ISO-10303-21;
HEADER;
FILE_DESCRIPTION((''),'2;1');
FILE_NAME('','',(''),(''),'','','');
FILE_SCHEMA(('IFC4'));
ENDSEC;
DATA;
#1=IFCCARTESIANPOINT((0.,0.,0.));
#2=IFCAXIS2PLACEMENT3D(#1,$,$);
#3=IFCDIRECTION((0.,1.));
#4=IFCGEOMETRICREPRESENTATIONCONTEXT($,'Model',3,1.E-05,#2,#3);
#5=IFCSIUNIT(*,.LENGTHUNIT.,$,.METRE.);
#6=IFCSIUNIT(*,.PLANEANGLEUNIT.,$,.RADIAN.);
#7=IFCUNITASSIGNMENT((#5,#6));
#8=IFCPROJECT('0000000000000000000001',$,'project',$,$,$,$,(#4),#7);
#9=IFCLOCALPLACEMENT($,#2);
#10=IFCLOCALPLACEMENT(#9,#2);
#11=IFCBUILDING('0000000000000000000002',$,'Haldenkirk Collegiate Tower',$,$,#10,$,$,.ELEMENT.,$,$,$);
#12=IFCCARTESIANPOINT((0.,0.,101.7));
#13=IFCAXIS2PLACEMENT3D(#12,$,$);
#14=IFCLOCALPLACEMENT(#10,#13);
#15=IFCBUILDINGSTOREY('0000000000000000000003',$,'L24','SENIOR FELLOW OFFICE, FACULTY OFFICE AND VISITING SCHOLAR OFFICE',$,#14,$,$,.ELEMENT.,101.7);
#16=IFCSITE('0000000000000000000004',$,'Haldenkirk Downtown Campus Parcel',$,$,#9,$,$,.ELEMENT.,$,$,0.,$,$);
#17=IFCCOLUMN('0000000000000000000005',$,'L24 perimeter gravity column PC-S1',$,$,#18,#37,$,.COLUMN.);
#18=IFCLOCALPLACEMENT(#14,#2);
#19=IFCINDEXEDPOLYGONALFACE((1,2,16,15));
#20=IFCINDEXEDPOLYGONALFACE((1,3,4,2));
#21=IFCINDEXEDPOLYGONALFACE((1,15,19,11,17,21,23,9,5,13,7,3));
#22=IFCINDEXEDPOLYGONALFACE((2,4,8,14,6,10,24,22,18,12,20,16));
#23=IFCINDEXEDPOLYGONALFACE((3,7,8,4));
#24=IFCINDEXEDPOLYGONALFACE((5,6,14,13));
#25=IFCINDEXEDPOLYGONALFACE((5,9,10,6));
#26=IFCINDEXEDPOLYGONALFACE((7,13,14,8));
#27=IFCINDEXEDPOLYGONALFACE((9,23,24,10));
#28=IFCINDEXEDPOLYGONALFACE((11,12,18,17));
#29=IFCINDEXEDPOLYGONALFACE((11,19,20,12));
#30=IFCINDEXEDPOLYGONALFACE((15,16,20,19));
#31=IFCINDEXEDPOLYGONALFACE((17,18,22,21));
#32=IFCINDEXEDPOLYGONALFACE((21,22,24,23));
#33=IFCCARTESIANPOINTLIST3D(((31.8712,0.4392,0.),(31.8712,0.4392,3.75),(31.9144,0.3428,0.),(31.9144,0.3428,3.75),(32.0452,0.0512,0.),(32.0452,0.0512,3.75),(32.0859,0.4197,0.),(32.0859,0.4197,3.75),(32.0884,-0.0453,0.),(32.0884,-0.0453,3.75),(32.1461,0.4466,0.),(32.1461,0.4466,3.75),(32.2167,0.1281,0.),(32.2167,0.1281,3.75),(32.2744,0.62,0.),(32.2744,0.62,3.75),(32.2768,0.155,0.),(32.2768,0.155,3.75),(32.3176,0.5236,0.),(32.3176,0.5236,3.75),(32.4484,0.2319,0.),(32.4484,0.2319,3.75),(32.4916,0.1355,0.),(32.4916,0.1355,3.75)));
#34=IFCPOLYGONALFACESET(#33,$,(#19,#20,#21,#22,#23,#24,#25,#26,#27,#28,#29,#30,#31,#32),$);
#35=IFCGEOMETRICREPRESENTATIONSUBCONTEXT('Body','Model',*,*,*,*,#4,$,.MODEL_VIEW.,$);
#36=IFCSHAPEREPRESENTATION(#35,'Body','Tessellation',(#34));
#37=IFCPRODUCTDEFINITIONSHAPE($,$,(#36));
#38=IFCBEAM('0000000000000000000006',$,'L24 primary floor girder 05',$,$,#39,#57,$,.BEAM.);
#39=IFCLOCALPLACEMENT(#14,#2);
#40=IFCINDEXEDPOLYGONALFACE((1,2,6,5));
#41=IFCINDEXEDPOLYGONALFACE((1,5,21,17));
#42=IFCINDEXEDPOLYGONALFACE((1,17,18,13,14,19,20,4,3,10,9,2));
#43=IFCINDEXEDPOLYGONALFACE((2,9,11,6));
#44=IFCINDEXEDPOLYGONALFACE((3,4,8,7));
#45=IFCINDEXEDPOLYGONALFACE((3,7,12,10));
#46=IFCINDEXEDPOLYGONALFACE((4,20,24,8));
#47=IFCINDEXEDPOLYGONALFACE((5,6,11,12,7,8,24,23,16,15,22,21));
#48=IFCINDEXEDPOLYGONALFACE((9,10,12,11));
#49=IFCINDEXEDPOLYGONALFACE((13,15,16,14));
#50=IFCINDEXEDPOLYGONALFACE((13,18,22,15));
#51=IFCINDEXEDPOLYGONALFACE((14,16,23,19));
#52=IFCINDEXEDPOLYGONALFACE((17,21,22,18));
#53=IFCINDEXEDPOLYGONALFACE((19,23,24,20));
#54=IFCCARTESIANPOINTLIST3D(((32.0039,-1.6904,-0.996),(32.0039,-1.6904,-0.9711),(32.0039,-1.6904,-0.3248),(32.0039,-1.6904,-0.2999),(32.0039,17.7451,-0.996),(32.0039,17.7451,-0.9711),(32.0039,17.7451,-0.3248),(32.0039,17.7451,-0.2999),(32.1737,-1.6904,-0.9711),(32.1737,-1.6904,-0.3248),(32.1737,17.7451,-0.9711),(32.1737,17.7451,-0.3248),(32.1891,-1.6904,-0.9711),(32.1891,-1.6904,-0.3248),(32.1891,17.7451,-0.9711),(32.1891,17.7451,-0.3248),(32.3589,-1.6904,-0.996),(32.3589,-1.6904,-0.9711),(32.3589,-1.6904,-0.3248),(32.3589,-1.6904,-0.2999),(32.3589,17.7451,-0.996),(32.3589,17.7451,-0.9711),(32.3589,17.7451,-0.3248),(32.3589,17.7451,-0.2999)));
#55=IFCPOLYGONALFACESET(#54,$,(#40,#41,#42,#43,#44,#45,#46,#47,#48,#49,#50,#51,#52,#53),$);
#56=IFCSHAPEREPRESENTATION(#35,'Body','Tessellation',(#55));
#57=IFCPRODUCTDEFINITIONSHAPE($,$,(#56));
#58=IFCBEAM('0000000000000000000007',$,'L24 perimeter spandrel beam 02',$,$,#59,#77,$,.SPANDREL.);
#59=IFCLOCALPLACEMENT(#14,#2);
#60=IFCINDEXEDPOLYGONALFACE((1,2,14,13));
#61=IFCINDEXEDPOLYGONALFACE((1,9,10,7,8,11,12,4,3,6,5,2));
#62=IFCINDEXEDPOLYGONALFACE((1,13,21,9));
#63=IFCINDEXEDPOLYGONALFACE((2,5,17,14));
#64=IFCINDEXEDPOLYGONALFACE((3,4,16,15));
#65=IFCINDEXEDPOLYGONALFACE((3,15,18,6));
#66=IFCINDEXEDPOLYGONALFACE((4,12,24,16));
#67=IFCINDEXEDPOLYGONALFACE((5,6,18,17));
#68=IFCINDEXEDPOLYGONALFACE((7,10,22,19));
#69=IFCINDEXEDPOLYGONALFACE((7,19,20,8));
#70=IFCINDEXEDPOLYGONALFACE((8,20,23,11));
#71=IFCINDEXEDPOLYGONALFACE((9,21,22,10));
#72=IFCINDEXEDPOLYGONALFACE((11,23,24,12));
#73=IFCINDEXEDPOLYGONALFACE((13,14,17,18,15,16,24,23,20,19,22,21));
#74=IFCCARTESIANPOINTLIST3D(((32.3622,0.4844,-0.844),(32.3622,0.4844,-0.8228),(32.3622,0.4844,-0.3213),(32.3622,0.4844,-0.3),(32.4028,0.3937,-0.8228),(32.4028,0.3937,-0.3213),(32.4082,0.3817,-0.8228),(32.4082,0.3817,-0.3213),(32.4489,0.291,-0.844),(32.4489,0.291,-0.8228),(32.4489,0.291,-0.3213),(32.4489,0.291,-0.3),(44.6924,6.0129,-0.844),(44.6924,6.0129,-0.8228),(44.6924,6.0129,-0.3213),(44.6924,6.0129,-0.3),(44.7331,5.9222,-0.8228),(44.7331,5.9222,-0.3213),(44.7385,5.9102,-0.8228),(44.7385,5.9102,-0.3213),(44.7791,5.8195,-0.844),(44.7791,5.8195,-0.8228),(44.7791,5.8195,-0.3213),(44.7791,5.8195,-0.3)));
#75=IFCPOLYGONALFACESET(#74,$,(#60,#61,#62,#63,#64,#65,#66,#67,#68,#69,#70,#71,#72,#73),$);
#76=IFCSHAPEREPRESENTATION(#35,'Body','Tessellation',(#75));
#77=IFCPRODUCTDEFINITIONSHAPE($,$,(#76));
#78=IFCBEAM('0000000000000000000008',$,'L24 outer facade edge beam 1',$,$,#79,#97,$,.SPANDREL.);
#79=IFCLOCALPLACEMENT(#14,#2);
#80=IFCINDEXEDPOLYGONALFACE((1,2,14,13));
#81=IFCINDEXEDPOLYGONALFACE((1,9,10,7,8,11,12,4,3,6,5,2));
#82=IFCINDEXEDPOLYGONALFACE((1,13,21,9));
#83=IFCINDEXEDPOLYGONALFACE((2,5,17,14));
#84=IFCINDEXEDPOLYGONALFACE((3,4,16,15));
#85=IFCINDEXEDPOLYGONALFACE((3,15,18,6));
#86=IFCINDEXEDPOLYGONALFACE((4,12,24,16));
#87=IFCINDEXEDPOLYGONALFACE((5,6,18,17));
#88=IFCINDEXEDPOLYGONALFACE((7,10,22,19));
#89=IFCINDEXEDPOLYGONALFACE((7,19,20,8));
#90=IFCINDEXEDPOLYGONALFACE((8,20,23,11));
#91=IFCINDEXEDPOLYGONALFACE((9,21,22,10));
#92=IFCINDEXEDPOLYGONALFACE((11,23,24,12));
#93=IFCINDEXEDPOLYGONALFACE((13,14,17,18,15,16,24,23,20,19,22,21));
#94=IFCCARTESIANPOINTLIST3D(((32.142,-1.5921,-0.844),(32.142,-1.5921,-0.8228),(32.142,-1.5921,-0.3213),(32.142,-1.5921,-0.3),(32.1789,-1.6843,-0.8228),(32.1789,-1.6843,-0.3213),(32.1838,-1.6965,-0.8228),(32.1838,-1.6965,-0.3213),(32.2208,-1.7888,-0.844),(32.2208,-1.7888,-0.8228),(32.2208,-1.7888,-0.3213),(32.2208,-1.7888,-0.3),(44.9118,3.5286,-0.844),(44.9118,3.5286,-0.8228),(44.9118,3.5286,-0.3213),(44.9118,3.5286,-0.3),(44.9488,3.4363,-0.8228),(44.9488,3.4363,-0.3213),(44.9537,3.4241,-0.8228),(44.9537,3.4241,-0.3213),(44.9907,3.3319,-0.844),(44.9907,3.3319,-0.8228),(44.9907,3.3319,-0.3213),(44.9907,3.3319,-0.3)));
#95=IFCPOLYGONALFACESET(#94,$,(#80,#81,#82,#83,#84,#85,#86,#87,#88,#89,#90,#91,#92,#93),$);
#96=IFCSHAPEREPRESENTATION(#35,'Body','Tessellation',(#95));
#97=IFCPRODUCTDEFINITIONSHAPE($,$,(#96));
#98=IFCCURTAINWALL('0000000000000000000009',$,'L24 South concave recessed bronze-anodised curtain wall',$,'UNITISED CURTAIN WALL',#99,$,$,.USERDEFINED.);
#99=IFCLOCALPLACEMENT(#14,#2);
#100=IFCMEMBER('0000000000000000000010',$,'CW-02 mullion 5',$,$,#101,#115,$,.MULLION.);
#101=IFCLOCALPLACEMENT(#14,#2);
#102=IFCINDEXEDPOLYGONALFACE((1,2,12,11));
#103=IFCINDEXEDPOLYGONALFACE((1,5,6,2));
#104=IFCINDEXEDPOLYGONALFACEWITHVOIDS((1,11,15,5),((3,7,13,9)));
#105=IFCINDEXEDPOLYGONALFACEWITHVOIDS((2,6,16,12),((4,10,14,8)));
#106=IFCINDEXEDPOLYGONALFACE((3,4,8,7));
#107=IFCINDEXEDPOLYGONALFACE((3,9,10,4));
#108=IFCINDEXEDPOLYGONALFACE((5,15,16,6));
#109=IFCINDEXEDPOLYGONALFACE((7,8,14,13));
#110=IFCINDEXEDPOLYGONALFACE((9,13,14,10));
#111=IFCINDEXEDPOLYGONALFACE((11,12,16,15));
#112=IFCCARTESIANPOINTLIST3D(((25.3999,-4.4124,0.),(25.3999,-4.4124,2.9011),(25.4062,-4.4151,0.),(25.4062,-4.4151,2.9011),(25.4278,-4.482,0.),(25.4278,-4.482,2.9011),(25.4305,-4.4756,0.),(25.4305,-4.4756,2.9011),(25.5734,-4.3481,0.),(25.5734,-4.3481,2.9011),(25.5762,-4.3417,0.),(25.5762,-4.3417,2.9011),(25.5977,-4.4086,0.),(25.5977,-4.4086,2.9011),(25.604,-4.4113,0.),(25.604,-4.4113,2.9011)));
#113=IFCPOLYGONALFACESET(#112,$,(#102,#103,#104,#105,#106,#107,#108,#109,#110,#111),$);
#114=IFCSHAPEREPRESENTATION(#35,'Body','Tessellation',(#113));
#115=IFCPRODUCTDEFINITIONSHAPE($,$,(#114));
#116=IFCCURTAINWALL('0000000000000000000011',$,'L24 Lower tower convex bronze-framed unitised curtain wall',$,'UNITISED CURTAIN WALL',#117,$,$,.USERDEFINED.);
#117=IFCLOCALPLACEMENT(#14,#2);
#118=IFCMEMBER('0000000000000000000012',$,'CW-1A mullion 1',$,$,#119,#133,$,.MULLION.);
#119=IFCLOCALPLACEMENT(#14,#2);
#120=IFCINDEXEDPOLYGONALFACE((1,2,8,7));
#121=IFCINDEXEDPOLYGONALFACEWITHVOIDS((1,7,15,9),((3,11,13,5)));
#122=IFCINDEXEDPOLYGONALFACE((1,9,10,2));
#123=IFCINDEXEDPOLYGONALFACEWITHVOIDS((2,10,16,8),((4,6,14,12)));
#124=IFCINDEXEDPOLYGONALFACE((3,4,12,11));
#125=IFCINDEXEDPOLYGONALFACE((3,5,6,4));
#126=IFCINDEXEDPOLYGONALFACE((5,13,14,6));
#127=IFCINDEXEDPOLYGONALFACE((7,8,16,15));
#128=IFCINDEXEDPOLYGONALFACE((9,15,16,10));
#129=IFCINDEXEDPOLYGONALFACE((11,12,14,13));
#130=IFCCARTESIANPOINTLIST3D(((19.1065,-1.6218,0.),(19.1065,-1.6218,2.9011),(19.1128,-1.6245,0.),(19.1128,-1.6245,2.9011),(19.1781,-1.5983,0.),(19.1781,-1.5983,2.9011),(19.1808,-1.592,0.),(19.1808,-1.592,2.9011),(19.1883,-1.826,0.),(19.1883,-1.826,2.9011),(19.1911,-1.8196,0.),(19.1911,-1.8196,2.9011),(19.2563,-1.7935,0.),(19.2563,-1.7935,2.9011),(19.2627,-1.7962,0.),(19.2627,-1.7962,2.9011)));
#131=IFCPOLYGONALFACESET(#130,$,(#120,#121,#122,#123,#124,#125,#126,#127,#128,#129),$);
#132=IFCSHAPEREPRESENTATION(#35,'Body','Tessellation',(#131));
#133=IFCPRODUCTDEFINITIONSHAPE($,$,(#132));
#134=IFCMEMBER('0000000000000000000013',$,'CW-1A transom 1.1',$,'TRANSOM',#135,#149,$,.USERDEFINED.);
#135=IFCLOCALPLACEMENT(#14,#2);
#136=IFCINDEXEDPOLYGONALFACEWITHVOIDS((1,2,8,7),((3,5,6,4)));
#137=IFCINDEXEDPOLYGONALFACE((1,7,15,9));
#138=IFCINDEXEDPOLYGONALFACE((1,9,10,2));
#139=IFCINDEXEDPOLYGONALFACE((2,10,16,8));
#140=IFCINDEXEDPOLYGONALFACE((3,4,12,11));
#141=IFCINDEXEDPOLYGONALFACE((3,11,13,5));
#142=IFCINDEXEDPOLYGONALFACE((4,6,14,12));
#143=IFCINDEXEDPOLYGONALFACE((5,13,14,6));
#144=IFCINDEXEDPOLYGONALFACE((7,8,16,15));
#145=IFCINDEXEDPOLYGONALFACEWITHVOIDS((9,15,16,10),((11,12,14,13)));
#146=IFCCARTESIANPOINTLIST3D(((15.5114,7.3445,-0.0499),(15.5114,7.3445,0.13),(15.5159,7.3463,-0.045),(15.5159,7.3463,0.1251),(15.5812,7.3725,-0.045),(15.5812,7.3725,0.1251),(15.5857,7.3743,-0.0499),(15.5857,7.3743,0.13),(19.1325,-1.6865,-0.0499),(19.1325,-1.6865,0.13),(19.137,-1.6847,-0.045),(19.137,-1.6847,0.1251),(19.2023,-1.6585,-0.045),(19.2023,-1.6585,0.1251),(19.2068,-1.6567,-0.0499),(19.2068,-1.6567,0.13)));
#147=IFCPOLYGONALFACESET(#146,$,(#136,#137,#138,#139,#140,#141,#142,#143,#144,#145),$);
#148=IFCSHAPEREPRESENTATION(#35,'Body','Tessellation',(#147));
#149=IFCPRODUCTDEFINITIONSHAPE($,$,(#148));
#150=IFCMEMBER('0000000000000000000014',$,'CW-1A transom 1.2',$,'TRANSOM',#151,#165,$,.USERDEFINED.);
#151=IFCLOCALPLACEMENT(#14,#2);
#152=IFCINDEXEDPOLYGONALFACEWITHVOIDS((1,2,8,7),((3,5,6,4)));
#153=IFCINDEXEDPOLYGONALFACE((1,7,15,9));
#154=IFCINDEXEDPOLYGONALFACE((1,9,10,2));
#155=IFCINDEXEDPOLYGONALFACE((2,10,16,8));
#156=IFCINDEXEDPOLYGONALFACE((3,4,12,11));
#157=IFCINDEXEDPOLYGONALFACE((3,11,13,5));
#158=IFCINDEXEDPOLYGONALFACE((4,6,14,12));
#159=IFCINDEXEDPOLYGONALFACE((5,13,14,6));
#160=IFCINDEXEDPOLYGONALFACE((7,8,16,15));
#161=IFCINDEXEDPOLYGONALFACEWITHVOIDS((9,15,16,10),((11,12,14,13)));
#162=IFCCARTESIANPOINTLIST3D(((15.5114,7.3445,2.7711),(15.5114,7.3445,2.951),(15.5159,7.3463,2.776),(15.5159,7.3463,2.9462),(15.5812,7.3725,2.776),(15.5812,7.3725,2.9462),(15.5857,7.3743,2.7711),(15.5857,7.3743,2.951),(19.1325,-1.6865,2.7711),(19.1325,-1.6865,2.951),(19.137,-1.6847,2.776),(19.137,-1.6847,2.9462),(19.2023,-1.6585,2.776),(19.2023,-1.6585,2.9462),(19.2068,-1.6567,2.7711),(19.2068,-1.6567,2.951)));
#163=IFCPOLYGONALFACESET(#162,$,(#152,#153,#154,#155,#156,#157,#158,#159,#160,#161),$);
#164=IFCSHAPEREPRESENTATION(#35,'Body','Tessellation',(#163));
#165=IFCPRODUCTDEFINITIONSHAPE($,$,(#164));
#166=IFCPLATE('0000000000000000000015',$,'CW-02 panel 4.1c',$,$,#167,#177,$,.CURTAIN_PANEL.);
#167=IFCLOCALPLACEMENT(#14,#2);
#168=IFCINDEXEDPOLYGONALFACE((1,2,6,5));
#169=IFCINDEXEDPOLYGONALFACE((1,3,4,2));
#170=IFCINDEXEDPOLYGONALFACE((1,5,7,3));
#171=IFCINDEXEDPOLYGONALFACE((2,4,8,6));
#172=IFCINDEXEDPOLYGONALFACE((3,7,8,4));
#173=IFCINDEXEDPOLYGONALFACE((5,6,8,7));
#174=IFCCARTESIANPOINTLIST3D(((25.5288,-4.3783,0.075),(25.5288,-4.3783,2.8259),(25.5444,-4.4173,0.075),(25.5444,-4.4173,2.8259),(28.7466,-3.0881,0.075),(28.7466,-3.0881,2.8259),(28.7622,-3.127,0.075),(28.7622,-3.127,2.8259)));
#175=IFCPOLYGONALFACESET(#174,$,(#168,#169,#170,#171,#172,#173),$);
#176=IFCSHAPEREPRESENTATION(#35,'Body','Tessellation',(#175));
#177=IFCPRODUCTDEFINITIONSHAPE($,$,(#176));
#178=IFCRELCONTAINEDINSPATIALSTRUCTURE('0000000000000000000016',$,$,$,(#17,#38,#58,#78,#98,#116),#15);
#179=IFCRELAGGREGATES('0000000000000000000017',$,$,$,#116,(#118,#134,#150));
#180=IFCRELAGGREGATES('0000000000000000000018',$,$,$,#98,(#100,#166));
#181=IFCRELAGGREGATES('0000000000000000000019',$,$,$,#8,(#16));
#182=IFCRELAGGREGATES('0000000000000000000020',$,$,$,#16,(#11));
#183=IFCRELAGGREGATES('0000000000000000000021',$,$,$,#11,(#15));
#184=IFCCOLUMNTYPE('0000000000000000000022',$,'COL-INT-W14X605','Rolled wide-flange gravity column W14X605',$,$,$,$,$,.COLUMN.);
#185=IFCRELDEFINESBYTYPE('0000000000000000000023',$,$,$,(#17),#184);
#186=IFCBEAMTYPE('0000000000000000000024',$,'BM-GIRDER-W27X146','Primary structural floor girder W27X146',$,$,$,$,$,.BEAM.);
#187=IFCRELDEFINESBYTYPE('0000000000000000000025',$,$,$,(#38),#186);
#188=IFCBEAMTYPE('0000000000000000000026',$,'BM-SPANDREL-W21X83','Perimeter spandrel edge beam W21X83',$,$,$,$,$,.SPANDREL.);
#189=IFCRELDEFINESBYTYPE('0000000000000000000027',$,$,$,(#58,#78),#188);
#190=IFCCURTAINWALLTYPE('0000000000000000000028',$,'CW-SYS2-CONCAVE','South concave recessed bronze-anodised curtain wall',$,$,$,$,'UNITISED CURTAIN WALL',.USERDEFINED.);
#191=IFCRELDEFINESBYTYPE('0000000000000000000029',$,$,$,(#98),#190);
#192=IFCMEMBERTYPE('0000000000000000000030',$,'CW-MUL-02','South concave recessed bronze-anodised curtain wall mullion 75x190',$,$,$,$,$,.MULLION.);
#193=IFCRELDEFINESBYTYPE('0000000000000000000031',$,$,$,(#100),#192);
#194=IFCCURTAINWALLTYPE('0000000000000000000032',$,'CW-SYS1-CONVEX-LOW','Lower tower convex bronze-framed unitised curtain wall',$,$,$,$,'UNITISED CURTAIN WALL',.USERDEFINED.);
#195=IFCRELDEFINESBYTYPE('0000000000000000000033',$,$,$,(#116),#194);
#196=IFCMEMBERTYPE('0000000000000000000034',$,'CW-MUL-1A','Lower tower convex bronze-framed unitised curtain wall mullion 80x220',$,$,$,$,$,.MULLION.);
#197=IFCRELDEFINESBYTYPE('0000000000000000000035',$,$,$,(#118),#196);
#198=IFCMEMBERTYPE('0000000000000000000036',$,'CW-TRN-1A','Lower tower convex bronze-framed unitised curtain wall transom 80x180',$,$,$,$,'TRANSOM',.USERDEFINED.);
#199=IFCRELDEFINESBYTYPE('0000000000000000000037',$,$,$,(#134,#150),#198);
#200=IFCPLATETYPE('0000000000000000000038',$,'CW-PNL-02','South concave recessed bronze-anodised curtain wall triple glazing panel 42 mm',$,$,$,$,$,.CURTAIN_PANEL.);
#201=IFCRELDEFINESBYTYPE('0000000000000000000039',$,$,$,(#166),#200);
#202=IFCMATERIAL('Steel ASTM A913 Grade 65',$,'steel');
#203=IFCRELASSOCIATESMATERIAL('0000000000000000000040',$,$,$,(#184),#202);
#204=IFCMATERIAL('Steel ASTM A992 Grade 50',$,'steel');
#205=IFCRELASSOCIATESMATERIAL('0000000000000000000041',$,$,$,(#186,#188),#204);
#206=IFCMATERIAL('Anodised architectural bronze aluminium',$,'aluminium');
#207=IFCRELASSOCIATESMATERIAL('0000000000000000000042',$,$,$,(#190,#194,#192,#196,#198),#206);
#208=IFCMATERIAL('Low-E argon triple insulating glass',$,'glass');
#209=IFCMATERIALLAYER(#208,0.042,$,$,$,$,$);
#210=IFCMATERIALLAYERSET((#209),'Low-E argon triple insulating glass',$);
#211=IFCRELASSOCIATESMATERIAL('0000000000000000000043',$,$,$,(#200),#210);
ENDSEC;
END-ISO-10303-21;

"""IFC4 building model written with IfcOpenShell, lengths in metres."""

from ifc_helpers import new_model, si_unit, direction, frame, origin, origin_2d, place, context, subcontext, project, spatial, rectangle, hollow_rectangle, i_section, extrude, source, transform, mapped, material, layer, layer_set, material_profile, profile_set, type_object, element, aggregate, save


model = new_model("IFC4")

# Units and contexts
model_context = context("Model", 3, precision=1e-05, world=origin(), true_north=direction((0.0, 1.0)))
body_context = subcontext(model_context, "Body", "Model", "MODEL_VIEW")
ifc_project = project(units=[si_unit("LENGTHUNIT", "METRE"), si_unit("PLANEANGLEUNIT", "RADIAN")], contexts=[model_context])

# Site, building, storey
site_placement = place(None, origin())
site = spatial("IfcSite", under=ifc_project, at=site_placement, Name="Haldenkirk Downtown Campus Parcel", CompositionType="ELEMENT", RefElevation=0.0)
building_placement = place(site_placement, origin())
building = spatial("IfcBuilding", under=site, at=building_placement, Name="Haldenkirk Collegiate Tower", CompositionType="ELEMENT")
storey_placement = place(building_placement, frame((0.0, 0.0, 101.7)))
storey = spatial("IfcBuildingStorey", under=building, at=storey_placement, Name="L24", Description="SENIOR FELLOW OFFICE, FACULTY OFFICE AND VISITING SCHOLAR OFFICE", CompositionType="ELEMENT", Elevation=101.7)

# Column
ifc_material_1 = material(Name="Steel ASTM A913 Grade 65", Category="steel")
ifc_material_profile_1 = material_profile(ifc_material_1, i_section(OverallWidth=0.4419, OverallDepth=0.531, WebThickness=0.0659, FlangeThickness=0.1057, at=origin_2d()), Name="W14X605")
ifc_profile_set_1 = profile_set([ifc_material_profile_1], Name="Steel ASTM A913 Grade 65")
column_type = type_object("IfcColumnType", Name="COL-INT-W14X605", Description="Rolled wide-flange gravity column W14X605", PredefinedType="COLUMN", material=ifc_profile_set_1)
column_placement = place(storey_placement, frame((32.1814, 0.2874, 0.0), z_axis=(0.0, 0.0, 1.0), x_axis=(0.912477, 0.409127, 0.0)))
element("IfcColumn", 1, at=column_placement, inside=storey, type_object=column_type, Name="L24 perimeter gravity column PC-S1", PredefinedType="COLUMN", context=body_context, shape_type="SweptSolid", body=[
    extrude(i_section(OverallWidth=0.4419, OverallDepth=0.531, WebThickness=0.0659, FlangeThickness=0.1057, at=origin_2d()), origin(), (0.0, 0.0, 1.0), 3.75),
])

# Beams
ifc_material_2 = material(Name="Steel ASTM A992 Grade 50", Category="steel")
ifc_material_profile_2 = material_profile(ifc_material_2, i_section(OverallWidth=0.355, OverallDepth=0.696, WebThickness=0.0154, FlangeThickness=0.0249, at=origin_2d()), Name="W27X146")
ifc_profile_set_2 = profile_set([ifc_material_profile_2], Name="Steel ASTM A992 Grade 50")
beam_type_1 = type_object("IfcBeamType", Name="BM-GIRDER-W27X146", Description="Primary structural floor girder W27X146", PredefinedType="BEAM", material=ifc_profile_set_2)
beam_1_placement = place(storey_placement, frame((32.1814, -1.6904, -0.6479), z_axis=(0.0, 1.0, 0.0), x_axis=(-1.0, 0.0, 0.0)))
element("IfcBeam", 2, at=beam_1_placement, inside=storey, type_object=beam_type_1, Name="L24 primary floor girder 05", PredefinedType="BEAM", context=body_context, shape_type="SweptSolid", body=[
    extrude(i_section(OverallWidth=0.355, OverallDepth=0.696, WebThickness=0.0154, FlangeThickness=0.0249, at=origin_2d()), origin(), (0.0, 0.0, 1.0), 19.4355),
])
ifc_material_profile_3 = material_profile(ifc_material_2, i_section(OverallWidth=0.2119, OverallDepth=0.5439, WebThickness=0.0132, FlangeThickness=0.0212, at=origin_2d()), Name="W21X83")
ifc_profile_set_3 = profile_set([ifc_material_profile_3], Name="Steel ASTM A992 Grade 50")
beam_type_2 = type_object("IfcBeamType", Name="BM-SPANDREL-W21X83", Description="Perimeter spandrel edge beam W21X83", PredefinedType="SPANDREL", material=ifc_profile_set_3)
beam_2_placement = place(storey_placement, frame((32.4055, 0.3877, -0.572), z_axis=(0.912477, 0.409129, 0.0), x_axis=(-0.409129, 0.912477, 0.0)))
element("IfcBeam", 3, at=beam_2_placement, inside=storey, type_object=beam_type_2, Name="L24 perimeter spandrel beam 02", PredefinedType="SPANDREL", context=body_context, shape_type="SweptSolid", body=[
    extrude(i_section(OverallWidth=0.2119, OverallDepth=0.5439, WebThickness=0.0132, FlangeThickness=0.0212, at=origin_2d()), origin(), (0.0, 0.0, 1.0), 13.5129),
])
beam_3_placement = place(storey_placement, frame((32.1814, -1.6904, -0.572), z_axis=(0.928158, 0.372186, 0.0), x_axis=(-0.372186, 0.928158, 0.0)))
element("IfcBeam", 4, at=beam_3_placement, inside=storey, type_object=beam_type_2, Name="L24 outer facade edge beam 1", PredefinedType="SPANDREL", context=body_context, shape_type="SweptSolid", body=[
    extrude(i_section(OverallWidth=0.2119, OverallDepth=0.5439, WebThickness=0.0132, FlangeThickness=0.0212, at=origin_2d()), origin(), (0.0, 0.0, 1.0), 13.7583),
])

# Curtain wall, member
ifc_material_3 = material(Name="Anodised architectural bronze aluminium", Category="aluminium")
curtain_wall_type_1 = type_object("IfcCurtainWallType", Name="CW-SYS2-CONCAVE", Description="South concave recessed bronze-anodised curtain wall", ElementType="UNITISED CURTAIN WALL", PredefinedType="USERDEFINED", material=ifc_material_3)
curtain_wall_1_placement = place(storey_placement, origin())
curtain_wall_1 = element("IfcCurtainWall", 5, at=curtain_wall_1_placement, inside=storey, type_object=curtain_wall_type_1, Name="L24 South concave recessed bronze-anodised curtain wall", ObjectType="UNITISED CURTAIN WALL", PredefinedType="USERDEFINED")
ifc_material_profile_4 = material_profile(ifc_material_3, hollow_rectangle(XDim=0.075, YDim=0.1899, WallThickness=0.0049, at=origin_2d()), Name="CW-MUL-02")
ifc_profile_set_4 = profile_set([ifc_material_profile_4], Name="Anodised architectural bronze aluminium")
member_type_1 = type_object("IfcMemberType", Name="CW-MUL-02", Description="South concave recessed bronze-anodised curtain wall mullion 75x190", PredefinedType="MULLION", material=ifc_profile_set_4)
member_1_placement = place(storey_placement, frame((25.502, -4.4119, 0.0), z_axis=(0.0, 0.0, 1.0), x_axis=(0.372177, -0.928162, 0.0)))
member_1 = element("IfcMember", 6, at=member_1_placement, type_object=member_type_1, Name="CW-02 mullion 5", PredefinedType="MULLION", context=body_context, shape_type="SweptSolid", body=[
    extrude(hollow_rectangle(XDim=0.075, YDim=0.1899, WallThickness=0.0049, at=origin_2d()), origin(), (0.0, 0.0, 1.0), 2.9011),
])

# Curtain wall, members
curtain_wall_type_2 = type_object("IfcCurtainWallType", Name="CW-SYS1-CONVEX-LOW", Description="Lower tower convex bronze-framed unitised curtain wall", ElementType="UNITISED CURTAIN WALL", PredefinedType="USERDEFINED", material=ifc_material_3)
curtain_wall_2_placement = place(storey_placement, origin())
curtain_wall_2 = element("IfcCurtainWall", 7, at=curtain_wall_2_placement, inside=storey, type_object=curtain_wall_type_2, Name="L24 Lower tower convex bronze-framed unitised curtain wall", ObjectType="UNITISED CURTAIN WALL", PredefinedType="USERDEFINED")
ifc_material_profile_5 = material_profile(ifc_material_3, hollow_rectangle(XDim=0.0801, YDim=0.22, WallThickness=0.0049, at=origin_2d()), Name="CW-MUL-1A")
ifc_profile_set_5 = profile_set([ifc_material_profile_5], Name="Anodised architectural bronze aluminium")
member_type_2 = type_object("IfcMemberType", Name="CW-MUL-1A", Description="Lower tower convex bronze-framed unitised curtain wall mullion 80x220", PredefinedType="MULLION", material=ifc_profile_set_5)
member_2_placement = place(storey_placement, frame((19.1846, -1.709, 0.0), z_axis=(0.0, 0.0, 1.0), x_axis=(-0.928163, -0.372175, 0.0)))
member_2 = element("IfcMember", 8, at=member_2_placement, type_object=member_type_2, Name="CW-1A mullion 1", PredefinedType="MULLION", context=body_context, shape_type="SweptSolid", body=[
    extrude(hollow_rectangle(XDim=0.0801, YDim=0.22, WallThickness=0.0049, at=origin_2d()), origin(), (0.0, 0.0, 1.0), 2.9011),
])
ifc_material_profile_6 = material_profile(ifc_material_3, hollow_rectangle(XDim=0.0801, YDim=0.1799, WallThickness=0.0049, at=origin_2d()), Name="CW-TRN-1A")
ifc_profile_set_6 = profile_set([ifc_material_profile_6], Name="Anodised architectural bronze aluminium")
member_type_3 = type_object("IfcMemberType", Name="CW-TRN-1A", Description="Lower tower convex bronze-framed unitised curtain wall transom 80x180", ElementType="TRANSOM", PredefinedType="USERDEFINED", material=ifc_profile_set_6)
member_3_placement = place(storey_placement, frame((19.1697, -1.6716, 0.04), z_axis=(-0.372161, 0.928168, 0.0), x_axis=(-0.928168, -0.372161, 0.0)))
member_3 = element("IfcMember", 9, at=member_3_placement, type_object=member_type_3, Name="CW-1A transom 1.1", ObjectType="TRANSOM", PredefinedType="USERDEFINED", context=body_context, shape_type="SweptSolid", body=[
    extrude(hollow_rectangle(XDim=0.0801, YDim=0.1799, WallThickness=0.0049, at=origin_2d()), origin(), (0.0, 0.0, 1.0), 9.73),
])
member_4_placement = place(storey_placement, frame((19.1697, -1.6716, 2.8611), z_axis=(-0.372161, 0.928168, 0.0), x_axis=(-0.928168, -0.372161, 0.0)))
member_4 = element("IfcMember", 10, at=member_4_placement, type_object=member_type_3, Name="CW-1A transom 1.2", ObjectType="TRANSOM", PredefinedType="USERDEFINED", context=body_context, shape_type="SweptSolid", body=[
    extrude(hollow_rectangle(XDim=0.0801, YDim=0.1799, WallThickness=0.0049, at=origin_2d()), origin(), (0.0, 0.0, 1.0), 9.73),
])
aggregate(curtain_wall_2, [member_2, member_3, member_4])

# Plate
ifc_material_4 = material(Name="Low-E argon triple insulating glass", Category="glass")
ifc_layer_1 = layer(ifc_material_4, 0.042)
ifc_layer_set_1 = layer_set([ifc_layer_1], Name="Low-E argon triple insulating glass")
plate_type = type_object("IfcPlateType", Name="CW-PNL-02", Description="South concave recessed bronze-anodised curtain wall triple glazing panel 42 mm", PredefinedType="CURTAIN_PANEL", material=ifc_layer_set_1)
shared_shape_1 = source(origin(), body_context, "Body", "SweptSolid", [
    extrude(rectangle(XDim=3.4668, YDim=0.042, at=origin_2d()), origin(), (0.0, 0.0, 1.0), 2.751),
])
plate_1_placement = place(storey_placement, frame((27.1455, -3.7527, 0.075), z_axis=(0.0, 0.0, 1.0), x_axis=(-0.928162, -0.372177, 0.0)))
plate_1 = element("IfcPlate", 11, at=plate_1_placement, type_object=plate_type, Name="CW-02 panel 4.1c", PredefinedType="CURTAIN_PANEL", context=body_context, shape_type="MappedRepresentation", body=[
    mapped(shared_shape_1, transform((0.0, 0.0, 0.0), x_axis=(1.0, 0.0, 0.0), y_axis=(0.0, 1.0, 0.0), z_axis=(0.0, 0.0, 1.0), scale=1.0)),
])
aggregate(curtain_wall_1, [member_1, plate_1])

save(model, "model.ifc")
